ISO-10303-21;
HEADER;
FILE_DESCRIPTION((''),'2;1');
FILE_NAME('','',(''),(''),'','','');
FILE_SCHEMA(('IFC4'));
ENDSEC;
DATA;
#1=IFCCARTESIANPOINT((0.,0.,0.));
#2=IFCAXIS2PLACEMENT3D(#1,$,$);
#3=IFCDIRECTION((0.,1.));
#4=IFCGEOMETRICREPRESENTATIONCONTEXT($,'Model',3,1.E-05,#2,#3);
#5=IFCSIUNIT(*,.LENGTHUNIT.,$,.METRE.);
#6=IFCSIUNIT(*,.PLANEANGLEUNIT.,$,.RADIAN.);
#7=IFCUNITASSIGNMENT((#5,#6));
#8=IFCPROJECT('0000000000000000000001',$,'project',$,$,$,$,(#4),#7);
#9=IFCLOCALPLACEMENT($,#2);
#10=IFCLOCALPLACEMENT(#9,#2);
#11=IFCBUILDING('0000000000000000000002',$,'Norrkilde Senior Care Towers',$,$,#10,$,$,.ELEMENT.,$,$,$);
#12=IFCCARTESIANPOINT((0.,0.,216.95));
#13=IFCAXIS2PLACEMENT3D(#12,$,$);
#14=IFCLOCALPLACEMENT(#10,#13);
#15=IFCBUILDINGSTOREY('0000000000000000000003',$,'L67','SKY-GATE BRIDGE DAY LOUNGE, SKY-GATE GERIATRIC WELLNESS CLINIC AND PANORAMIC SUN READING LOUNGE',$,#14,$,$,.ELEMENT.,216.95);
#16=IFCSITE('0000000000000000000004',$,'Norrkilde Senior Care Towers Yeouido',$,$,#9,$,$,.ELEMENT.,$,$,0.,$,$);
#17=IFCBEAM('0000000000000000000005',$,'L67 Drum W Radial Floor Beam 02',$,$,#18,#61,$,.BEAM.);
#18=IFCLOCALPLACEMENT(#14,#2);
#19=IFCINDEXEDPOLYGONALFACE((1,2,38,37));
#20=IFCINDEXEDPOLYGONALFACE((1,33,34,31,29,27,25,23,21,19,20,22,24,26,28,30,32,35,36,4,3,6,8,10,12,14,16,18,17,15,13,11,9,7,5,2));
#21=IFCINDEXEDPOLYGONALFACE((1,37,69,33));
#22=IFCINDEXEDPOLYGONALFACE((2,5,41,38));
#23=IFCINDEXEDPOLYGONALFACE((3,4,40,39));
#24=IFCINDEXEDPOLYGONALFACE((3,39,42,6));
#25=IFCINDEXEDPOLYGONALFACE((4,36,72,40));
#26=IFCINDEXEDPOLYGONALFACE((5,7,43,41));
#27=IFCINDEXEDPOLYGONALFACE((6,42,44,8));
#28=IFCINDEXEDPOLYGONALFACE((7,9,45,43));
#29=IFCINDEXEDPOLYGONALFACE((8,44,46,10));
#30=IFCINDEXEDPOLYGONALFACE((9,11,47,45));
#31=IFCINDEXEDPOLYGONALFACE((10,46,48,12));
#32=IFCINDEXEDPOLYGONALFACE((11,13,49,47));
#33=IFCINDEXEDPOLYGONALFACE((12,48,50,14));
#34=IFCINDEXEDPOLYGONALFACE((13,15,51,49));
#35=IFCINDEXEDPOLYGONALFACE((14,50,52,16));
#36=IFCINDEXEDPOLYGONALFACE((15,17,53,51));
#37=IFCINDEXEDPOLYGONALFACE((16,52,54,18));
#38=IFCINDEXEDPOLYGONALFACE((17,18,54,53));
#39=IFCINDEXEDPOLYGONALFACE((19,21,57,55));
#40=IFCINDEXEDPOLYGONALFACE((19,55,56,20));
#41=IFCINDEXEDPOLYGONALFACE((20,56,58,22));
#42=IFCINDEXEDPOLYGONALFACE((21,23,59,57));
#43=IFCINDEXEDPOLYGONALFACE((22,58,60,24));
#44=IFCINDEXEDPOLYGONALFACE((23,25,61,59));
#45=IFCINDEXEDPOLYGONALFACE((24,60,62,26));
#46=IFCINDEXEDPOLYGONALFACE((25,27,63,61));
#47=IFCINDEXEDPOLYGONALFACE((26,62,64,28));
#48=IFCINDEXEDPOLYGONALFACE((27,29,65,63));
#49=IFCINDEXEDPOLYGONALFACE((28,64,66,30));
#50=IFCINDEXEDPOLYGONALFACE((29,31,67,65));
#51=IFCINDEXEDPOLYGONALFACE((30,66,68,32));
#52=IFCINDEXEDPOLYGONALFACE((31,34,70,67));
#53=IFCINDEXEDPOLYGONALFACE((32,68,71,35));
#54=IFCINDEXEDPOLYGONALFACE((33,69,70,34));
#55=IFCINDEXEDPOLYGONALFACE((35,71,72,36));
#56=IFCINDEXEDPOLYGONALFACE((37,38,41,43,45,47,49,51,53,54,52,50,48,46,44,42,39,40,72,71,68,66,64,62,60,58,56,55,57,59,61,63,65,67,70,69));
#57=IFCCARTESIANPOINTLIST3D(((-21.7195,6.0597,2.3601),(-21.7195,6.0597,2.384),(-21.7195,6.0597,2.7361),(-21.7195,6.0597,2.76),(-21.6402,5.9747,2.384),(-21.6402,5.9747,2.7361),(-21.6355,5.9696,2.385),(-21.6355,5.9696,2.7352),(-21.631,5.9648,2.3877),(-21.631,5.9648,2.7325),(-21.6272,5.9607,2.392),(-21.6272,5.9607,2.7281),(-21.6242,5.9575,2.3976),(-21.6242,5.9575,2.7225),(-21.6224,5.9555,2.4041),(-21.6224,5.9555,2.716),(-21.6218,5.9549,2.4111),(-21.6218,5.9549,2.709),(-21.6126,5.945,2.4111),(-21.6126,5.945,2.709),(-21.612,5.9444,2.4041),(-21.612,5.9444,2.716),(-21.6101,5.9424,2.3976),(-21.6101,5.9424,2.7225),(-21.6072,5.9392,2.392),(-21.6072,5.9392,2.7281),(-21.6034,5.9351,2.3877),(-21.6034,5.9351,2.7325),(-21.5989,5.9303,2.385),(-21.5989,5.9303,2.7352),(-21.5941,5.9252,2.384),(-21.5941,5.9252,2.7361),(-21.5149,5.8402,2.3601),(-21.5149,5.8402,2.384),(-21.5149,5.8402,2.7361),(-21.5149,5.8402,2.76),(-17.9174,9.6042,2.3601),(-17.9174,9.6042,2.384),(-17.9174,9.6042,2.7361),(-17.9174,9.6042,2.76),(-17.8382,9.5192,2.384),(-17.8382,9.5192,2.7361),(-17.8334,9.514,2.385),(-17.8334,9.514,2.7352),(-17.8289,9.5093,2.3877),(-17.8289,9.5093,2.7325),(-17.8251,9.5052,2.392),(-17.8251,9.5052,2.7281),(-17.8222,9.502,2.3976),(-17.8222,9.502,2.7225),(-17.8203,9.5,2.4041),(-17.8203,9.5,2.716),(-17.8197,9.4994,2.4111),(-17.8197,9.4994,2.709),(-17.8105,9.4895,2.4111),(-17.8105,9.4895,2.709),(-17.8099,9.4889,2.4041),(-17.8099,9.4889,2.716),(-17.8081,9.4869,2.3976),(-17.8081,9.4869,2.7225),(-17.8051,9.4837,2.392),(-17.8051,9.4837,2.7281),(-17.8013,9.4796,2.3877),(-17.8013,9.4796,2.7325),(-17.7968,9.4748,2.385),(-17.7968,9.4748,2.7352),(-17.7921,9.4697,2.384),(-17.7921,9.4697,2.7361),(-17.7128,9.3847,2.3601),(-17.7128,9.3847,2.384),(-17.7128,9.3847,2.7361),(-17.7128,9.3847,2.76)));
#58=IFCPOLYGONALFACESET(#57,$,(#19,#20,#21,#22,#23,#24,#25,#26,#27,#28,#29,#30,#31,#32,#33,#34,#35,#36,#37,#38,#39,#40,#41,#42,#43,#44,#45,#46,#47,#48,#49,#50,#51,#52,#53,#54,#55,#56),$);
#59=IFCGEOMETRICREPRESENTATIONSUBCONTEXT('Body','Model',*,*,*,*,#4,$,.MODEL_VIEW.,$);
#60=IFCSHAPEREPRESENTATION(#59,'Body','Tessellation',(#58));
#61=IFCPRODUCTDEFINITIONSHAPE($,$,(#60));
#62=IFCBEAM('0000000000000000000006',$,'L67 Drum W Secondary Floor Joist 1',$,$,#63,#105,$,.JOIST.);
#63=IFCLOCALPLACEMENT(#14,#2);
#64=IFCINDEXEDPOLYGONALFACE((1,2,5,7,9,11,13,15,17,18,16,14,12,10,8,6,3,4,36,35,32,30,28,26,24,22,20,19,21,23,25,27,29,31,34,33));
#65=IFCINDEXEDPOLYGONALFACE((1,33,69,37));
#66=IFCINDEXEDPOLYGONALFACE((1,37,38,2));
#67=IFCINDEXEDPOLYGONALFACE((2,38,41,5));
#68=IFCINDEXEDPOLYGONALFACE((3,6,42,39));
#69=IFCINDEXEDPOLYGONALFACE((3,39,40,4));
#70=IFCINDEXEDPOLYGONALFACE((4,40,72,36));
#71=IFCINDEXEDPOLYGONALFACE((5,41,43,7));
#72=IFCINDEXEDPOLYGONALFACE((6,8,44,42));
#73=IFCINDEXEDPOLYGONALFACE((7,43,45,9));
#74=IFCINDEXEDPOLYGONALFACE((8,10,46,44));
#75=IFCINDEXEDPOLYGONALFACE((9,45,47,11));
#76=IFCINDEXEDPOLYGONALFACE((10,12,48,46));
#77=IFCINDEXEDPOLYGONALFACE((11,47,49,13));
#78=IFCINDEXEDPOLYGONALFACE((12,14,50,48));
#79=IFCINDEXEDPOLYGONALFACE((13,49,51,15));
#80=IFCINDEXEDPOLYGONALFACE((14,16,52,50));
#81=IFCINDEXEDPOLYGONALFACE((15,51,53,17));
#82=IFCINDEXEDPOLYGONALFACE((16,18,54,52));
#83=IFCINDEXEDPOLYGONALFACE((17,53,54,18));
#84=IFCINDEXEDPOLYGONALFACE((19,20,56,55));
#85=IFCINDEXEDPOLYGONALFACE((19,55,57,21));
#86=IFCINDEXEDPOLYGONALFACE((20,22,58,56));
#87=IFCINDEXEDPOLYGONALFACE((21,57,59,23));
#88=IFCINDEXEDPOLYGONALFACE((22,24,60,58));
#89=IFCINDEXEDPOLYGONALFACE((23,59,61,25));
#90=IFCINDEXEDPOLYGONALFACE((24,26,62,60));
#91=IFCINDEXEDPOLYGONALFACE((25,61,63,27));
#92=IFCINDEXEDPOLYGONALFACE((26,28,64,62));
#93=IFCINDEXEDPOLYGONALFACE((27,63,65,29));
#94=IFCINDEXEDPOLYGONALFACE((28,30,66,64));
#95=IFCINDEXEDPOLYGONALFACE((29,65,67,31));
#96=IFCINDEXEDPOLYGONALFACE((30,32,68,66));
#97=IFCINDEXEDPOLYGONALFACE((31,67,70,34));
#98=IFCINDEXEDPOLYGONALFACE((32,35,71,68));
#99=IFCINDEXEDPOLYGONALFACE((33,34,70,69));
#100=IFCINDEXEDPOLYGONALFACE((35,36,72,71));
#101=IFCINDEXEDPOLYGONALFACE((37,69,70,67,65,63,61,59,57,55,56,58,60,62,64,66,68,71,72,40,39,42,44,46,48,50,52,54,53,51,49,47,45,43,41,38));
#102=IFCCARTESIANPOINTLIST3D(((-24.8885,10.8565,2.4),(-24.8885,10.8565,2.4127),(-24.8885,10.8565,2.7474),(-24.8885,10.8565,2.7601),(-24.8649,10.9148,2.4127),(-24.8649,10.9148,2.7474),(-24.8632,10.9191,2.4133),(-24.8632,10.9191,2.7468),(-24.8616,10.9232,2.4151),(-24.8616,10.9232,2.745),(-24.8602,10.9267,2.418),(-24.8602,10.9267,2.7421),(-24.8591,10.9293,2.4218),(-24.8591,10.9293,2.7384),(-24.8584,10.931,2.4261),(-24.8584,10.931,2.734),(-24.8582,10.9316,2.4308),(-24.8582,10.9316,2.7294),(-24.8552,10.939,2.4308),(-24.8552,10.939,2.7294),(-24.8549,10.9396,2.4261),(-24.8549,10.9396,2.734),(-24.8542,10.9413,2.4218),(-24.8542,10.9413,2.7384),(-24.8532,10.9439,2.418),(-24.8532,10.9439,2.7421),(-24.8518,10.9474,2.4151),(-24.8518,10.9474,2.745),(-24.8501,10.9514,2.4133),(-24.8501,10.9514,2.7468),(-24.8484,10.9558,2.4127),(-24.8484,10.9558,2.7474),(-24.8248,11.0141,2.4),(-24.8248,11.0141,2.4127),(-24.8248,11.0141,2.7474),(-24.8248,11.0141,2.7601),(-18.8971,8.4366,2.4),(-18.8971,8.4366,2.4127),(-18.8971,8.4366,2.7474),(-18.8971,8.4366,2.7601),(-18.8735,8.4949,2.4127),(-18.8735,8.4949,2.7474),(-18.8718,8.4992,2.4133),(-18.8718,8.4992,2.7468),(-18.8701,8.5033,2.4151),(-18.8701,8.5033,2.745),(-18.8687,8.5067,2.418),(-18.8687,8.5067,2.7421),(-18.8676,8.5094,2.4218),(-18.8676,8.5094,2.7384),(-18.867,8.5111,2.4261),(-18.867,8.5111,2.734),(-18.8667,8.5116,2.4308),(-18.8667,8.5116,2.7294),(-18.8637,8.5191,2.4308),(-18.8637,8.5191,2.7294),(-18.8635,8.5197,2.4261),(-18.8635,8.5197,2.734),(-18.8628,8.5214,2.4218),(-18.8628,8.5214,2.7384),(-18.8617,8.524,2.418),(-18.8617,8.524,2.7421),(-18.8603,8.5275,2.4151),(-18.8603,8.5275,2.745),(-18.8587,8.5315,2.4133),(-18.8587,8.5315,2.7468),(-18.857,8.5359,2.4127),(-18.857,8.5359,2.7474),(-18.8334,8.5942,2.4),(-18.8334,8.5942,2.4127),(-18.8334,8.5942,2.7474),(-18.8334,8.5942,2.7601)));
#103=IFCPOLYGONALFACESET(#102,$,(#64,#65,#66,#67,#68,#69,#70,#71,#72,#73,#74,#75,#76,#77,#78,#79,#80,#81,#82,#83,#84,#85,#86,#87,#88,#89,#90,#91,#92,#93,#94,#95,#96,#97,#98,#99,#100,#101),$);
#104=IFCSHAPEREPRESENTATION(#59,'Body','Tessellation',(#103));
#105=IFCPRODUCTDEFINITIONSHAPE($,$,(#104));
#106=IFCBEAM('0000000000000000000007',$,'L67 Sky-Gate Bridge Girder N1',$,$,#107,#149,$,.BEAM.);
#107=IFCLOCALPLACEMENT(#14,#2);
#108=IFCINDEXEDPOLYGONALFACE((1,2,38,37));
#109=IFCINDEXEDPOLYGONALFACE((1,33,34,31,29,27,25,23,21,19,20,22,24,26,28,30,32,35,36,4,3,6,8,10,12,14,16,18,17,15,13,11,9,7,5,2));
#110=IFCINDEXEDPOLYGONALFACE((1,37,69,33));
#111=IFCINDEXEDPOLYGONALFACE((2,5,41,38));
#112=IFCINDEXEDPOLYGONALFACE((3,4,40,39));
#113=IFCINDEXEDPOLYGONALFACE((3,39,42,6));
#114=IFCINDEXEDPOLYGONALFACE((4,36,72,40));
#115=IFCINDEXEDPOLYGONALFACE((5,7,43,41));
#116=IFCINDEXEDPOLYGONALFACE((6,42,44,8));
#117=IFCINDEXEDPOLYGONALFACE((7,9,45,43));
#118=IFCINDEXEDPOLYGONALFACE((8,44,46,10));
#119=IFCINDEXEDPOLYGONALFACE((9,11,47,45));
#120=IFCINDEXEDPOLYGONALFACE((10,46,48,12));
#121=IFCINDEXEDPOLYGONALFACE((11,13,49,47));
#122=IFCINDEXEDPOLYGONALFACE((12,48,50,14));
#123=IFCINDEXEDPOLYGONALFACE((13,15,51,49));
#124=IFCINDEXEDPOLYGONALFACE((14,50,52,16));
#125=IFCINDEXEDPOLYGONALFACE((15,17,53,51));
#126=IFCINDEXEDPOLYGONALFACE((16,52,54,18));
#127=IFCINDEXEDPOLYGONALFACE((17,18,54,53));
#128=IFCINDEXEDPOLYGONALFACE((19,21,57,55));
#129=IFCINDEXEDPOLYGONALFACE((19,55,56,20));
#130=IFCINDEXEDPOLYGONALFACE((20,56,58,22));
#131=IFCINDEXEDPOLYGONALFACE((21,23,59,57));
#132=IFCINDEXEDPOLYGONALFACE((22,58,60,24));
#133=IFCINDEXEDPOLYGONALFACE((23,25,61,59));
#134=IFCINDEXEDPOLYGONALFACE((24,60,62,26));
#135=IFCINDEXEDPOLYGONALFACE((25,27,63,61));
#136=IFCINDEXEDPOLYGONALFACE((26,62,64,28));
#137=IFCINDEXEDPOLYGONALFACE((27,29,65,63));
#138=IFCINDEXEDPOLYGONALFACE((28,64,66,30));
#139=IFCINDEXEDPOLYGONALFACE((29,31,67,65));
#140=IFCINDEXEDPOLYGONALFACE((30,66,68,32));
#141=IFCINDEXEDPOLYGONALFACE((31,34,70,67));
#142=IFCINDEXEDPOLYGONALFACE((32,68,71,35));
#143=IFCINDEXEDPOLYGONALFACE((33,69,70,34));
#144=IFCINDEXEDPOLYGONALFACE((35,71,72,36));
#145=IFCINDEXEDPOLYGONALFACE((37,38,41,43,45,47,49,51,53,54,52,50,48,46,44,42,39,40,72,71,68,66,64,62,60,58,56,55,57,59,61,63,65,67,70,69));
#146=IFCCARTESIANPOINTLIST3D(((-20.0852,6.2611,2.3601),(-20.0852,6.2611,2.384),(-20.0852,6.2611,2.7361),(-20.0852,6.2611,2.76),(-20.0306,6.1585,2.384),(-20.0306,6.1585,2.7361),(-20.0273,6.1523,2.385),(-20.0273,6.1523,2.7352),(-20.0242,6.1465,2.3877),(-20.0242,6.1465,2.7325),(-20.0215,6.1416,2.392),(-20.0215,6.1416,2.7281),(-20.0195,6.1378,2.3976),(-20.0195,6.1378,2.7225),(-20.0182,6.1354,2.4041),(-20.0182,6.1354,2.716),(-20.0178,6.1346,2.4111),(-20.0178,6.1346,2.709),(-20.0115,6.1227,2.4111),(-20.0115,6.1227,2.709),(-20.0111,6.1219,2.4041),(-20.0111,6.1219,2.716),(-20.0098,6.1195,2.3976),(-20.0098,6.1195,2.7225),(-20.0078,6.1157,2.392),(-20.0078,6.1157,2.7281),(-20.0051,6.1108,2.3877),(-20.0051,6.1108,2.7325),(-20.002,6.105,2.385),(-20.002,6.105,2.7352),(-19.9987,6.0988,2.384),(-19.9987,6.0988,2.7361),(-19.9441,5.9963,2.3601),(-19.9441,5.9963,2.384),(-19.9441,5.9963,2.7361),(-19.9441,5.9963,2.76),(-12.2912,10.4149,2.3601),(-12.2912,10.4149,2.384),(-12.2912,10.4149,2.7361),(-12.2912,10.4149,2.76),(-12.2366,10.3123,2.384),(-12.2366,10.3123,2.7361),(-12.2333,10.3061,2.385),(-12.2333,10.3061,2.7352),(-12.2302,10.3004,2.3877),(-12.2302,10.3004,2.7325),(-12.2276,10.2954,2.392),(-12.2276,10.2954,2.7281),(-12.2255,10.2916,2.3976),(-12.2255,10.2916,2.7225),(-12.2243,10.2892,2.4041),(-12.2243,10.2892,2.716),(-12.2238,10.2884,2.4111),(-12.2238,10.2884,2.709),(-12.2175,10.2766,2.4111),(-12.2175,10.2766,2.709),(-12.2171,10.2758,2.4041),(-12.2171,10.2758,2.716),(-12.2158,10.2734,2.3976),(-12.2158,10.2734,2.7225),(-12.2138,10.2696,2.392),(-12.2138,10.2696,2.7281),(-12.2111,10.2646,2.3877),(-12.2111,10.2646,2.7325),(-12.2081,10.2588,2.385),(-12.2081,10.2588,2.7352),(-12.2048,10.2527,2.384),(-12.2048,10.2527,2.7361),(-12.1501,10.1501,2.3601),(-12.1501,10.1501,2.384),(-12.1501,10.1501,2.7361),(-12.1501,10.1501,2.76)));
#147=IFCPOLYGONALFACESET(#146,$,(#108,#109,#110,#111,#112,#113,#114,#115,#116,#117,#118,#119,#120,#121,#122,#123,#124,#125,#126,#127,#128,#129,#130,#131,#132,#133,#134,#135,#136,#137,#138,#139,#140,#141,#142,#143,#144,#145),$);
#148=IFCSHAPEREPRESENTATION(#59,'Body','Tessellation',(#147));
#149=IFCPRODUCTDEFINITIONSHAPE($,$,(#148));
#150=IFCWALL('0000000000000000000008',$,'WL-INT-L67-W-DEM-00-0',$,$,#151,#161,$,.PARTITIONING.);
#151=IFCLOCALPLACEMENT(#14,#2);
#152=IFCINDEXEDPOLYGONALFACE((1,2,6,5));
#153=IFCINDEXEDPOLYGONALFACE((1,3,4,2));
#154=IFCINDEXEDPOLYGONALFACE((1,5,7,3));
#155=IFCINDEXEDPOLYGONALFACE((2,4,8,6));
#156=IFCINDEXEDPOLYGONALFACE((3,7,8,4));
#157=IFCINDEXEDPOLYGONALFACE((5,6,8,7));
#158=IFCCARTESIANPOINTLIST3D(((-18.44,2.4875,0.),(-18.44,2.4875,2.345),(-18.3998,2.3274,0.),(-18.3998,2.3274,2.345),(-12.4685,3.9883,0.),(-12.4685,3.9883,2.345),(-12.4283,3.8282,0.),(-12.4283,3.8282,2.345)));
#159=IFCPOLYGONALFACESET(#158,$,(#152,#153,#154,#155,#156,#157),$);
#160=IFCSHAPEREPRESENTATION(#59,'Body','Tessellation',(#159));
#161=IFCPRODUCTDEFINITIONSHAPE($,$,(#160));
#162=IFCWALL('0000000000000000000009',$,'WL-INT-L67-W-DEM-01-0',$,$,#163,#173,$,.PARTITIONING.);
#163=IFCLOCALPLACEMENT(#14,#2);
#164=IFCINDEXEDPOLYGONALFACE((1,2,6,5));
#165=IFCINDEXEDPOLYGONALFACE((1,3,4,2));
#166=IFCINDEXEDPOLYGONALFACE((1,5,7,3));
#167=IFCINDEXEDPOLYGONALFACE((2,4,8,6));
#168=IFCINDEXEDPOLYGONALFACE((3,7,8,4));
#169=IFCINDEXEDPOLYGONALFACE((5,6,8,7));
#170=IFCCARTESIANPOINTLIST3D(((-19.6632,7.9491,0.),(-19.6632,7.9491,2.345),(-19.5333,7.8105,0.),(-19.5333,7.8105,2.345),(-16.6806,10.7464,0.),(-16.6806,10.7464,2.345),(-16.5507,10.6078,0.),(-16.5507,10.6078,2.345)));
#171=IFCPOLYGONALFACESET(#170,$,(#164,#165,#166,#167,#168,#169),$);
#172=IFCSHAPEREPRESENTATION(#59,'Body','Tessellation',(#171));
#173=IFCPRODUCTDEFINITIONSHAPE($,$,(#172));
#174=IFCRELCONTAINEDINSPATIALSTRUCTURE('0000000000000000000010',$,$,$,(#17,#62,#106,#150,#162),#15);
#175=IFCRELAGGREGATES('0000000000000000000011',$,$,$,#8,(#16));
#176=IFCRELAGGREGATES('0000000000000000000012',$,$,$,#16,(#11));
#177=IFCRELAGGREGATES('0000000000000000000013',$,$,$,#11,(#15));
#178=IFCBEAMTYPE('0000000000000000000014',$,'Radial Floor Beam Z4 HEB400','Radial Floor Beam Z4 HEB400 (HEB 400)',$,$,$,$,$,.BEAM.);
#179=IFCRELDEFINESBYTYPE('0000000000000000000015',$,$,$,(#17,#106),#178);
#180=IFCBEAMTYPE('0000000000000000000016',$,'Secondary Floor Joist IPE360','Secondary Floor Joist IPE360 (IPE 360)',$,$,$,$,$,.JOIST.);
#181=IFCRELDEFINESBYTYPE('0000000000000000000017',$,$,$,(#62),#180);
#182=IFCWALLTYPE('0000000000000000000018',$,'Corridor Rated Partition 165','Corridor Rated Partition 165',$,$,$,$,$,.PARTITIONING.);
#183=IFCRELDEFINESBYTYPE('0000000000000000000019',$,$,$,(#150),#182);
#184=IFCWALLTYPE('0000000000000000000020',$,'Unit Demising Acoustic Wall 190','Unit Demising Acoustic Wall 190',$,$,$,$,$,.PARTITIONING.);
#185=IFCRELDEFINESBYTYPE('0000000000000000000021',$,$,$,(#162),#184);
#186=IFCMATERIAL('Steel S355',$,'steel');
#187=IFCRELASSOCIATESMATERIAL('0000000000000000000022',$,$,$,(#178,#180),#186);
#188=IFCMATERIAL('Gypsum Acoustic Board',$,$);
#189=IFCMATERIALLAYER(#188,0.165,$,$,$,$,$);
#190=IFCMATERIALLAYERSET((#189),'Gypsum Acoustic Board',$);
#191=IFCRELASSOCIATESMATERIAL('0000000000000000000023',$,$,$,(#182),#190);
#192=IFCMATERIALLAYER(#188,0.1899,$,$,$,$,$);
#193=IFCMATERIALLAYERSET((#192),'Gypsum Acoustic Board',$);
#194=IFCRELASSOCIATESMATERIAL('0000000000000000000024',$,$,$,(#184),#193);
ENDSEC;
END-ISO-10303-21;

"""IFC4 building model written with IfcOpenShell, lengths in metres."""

from ifc_helpers import new_model, si_unit, direction, frame, frame_2d, origin, origin_2d, place, context, subcontext, project, spatial, rectangle, i_section, extrude, source, transform, mapped, material, layer, layer_set, material_profile, profile_set, type_object, type_shapes, element, save


model = new_model("IFC4")

# Units and contexts
model_context = context("Model", 3, precision=1e-05, world=origin(), true_north=direction((0.0, 1.0)))
body_context = subcontext(model_context, "Body", "Model", "MODEL_VIEW")
ifc_project = project(units=[si_unit("LENGTHUNIT", "METRE"), si_unit("PLANEANGLEUNIT", "RADIAN")], contexts=[model_context])

# Site, building, storey
site_placement = place(None, origin())
site = spatial("IfcSite", under=ifc_project, at=site_placement, Name="Norrkilde Senior Care Towers Yeouido", CompositionType="ELEMENT", RefElevation=0.0)
building_placement = place(site_placement, origin())
building = spatial("IfcBuilding", under=site, at=building_placement, Name="Norrkilde Senior Care Towers", CompositionType="ELEMENT")
storey_placement = place(building_placement, frame((0.0, 0.0, 216.95)))
storey = spatial("IfcBuildingStorey", under=building, at=storey_placement, Name="L67", Description="SKY-GATE BRIDGE DAY LOUNGE, SKY-GATE GERIATRIC WELLNESS CLINIC AND PANORAMIC SUN READING LOUNGE", CompositionType="ELEMENT", Elevation=216.95)

# Beams
ifc_material_1 = material(Name="Steel S355", Category="steel")
ifc_material_profile_1 = material_profile(ifc_material_1, i_section(OverallWidth=0.3, OverallDepth=0.3999, WebThickness=0.0134, FlangeThickness=0.0239, FilletRadius=0.0271, at=origin_2d()), Name="HEB 400")
ifc_profile_set_1 = profile_set([ifc_material_profile_1], Name="Steel S355")
beam_type_1 = type_object("IfcBeamType", Name="Radial Floor Beam Z4 HEB400", Description="Radial Floor Beam Z4 HEB400 (HEB 400)", PredefinedType="BEAM", material=ifc_profile_set_1)
shared_shape_1 = source(origin(), body_context, "Body", "SweptSolid", [
    extrude(i_section(OverallWidth=0.3, OverallDepth=0.3999, WebThickness=0.0134, FlangeThickness=0.0239, FilletRadius=0.0271, at=origin_2d()), origin(), (0.0, 0.0, 1.0), 5.198),
])
beam_1_placement = place(storey_placement, frame((-21.6172, 5.95, 2.5601), z_axis=(0.731449, 0.681896, 0.0), x_axis=(-0.681896, 0.731449, 0.0)))
element("IfcBeam", 1, at=beam_1_placement, inside=storey, type_object=beam_type_1, Name="L67 Drum W Radial Floor Beam 02", PredefinedType="BEAM", context=body_context, shape_type="MappedRepresentation", body=[
    mapped(shared_shape_1, transform((0.0, 0.0, 0.0), x_axis=(1.0, 0.0, 0.0), y_axis=(0.0, 1.0, 0.0), z_axis=(0.0, 0.0, 1.0), scale=1.0)),
])
ifc_material_profile_2 = material_profile(ifc_material_1, i_section(OverallWidth=0.1699, OverallDepth=0.3601, WebThickness=0.0081, FlangeThickness=0.0127, FilletRadius=0.0181, at=origin_2d()), Name="IPE 360")
ifc_profile_set_2 = profile_set([ifc_material_profile_2], Name="Steel S355")
beam_type_2 = type_object("IfcBeamType", Name="Secondary Floor Joist IPE360", Description="Secondary Floor Joist IPE360 (IPE 360)", PredefinedType="JOIST", material=ifc_profile_set_2)
shared_shape_2 = source(origin(), body_context, "Body", "SweptSolid", [
    extrude(i_section(OverallWidth=0.1699, OverallDepth=0.3601, WebThickness=0.0081, FlangeThickness=0.0127, FilletRadius=0.0181, at=origin_2d()), origin(), (0.0, 0.0, 1.0), 6.4617),
])
type_shapes(beam_type_2, [shared_shape_2])
beam_2_placement = place(storey_placement, frame((-18.8652, 8.5154, 2.5801), z_axis=(-0.927226, 0.374502, 0.0), x_axis=(-0.374502, -0.927226, 0.0)))
element("IfcBeam", 2, at=beam_2_placement, inside=storey, type_object=beam_type_2, Name="L67 Drum W Secondary Floor Joist 1", PredefinedType="JOIST", context=body_context, shape_type="MappedRepresentation", body=[
    mapped(shared_shape_2, transform((0.0, 0.0, 0.0), x_axis=(1.0, 0.0, 0.0), y_axis=(0.0, 1.0, 0.0), z_axis=(0.0, 0.0, 1.0), scale=1.0)),
])
shared_shape_3 = source(origin(), body_context, "Body", "SweptSolid", [
    extrude(i_section(OverallWidth=0.3, OverallDepth=0.3999, WebThickness=0.0134, FlangeThickness=0.0239, FilletRadius=0.0271, at=origin_2d()), origin(), (0.0, 0.0, 1.0), 8.8318),
])
beam_3_placement = place(storey_placement, frame((-20.0146, 6.1287, 2.5601), z_axis=(0.882492, 0.470327, 0.0), x_axis=(-0.470327, 0.882492, 0.0)))
element("IfcBeam", 3, at=beam_3_placement, inside=storey, type_object=beam_type_1, Name="L67 Sky-Gate Bridge Girder N1", PredefinedType="BEAM", context=body_context, shape_type="MappedRepresentation", body=[
    mapped(shared_shape_3, transform((0.0, 0.0, 0.0), x_axis=(1.0, 0.0, 0.0), y_axis=(0.0, 1.0, 0.0), z_axis=(0.0, 0.0, 1.0), scale=1.0)),
])

# Shared definitions
ifc_material_2 = material(Name="Gypsum Acoustic Board")
ifc_layer_1 = layer(ifc_material_2, 0.165)
ifc_layer_set_1 = layer_set([ifc_layer_1], Name="Gypsum Acoustic Board")
wall_type_1 = type_object("IfcWallType", Name="Corridor Rated Partition 165", Description="Corridor Rated Partition 165", PredefinedType="PARTITIONING", material=ifc_layer_set_1)

# Walls
shared_shape_4 = source(origin(), body_context, "Body", "SweptSolid", [
    extrude(rectangle(XDim=6.1572, YDim=0.165, at=frame_2d((3.0786, 0.0))), origin(), (0.0, 0.0, 1.0), 2.345),
])
wall_1_placement = place(storey_placement, frame((-18.4199, 2.4075, 0.0), z_axis=(0.0, 0.0, 1.0), x_axis=(0.969841, 0.243739, 0.0)))
element("IfcWall", 4, at=wall_1_placement, inside=storey, type_object=wall_type_1, Name="WL-INT-L67-W-DEM-00-0", PredefinedType="PARTITIONING", context=body_context, shape_type="MappedRepresentation", body=[
    mapped(shared_shape_4, transform((0.0, 0.0, 0.0), x_axis=(1.0, 0.0, 0.0), y_axis=(0.0, 1.0, 0.0), z_axis=(0.0, 0.0, 1.0), scale=1.0)),
])
ifc_layer_2 = layer(ifc_material_2, 0.1899)
ifc_layer_set_2 = layer_set([ifc_layer_2], Name="Gypsum Acoustic Board")
wall_type_2 = type_object("IfcWallType", Name="Unit Demising Acoustic Wall 190", Description="Unit Demising Acoustic Wall 190", PredefinedType="PARTITIONING", material=ifc_layer_set_2)
shared_shape_5 = source(origin(), body_context, "Body", "SweptSolid", [
    extrude(rectangle(XDim=4.0891, YDim=0.1899, at=frame_2d((2.0444, 0.0))), origin(), (0.0, 0.0, 1.0), 2.345),
])
wall_2_placement = place(storey_placement, frame((-19.5981, 7.8799, 0.0), z_axis=(0.0, 0.0, 1.0), x_axis=(0.729401, 0.684086, 0.0)))
element("IfcWall", 5, at=wall_2_placement, inside=storey, type_object=wall_type_2, Name="WL-INT-L67-W-DEM-01-0", PredefinedType="PARTITIONING", context=body_context, shape_type="MappedRepresentation", body=[
    mapped(shared_shape_5, transform((0.0, 0.0, 0.0), x_axis=(1.0, 0.0, 0.0), y_axis=(0.0, 1.0, 0.0), z_axis=(0.0, 0.0, 1.0), scale=1.0)),
])

save(model, "model.ifc")
